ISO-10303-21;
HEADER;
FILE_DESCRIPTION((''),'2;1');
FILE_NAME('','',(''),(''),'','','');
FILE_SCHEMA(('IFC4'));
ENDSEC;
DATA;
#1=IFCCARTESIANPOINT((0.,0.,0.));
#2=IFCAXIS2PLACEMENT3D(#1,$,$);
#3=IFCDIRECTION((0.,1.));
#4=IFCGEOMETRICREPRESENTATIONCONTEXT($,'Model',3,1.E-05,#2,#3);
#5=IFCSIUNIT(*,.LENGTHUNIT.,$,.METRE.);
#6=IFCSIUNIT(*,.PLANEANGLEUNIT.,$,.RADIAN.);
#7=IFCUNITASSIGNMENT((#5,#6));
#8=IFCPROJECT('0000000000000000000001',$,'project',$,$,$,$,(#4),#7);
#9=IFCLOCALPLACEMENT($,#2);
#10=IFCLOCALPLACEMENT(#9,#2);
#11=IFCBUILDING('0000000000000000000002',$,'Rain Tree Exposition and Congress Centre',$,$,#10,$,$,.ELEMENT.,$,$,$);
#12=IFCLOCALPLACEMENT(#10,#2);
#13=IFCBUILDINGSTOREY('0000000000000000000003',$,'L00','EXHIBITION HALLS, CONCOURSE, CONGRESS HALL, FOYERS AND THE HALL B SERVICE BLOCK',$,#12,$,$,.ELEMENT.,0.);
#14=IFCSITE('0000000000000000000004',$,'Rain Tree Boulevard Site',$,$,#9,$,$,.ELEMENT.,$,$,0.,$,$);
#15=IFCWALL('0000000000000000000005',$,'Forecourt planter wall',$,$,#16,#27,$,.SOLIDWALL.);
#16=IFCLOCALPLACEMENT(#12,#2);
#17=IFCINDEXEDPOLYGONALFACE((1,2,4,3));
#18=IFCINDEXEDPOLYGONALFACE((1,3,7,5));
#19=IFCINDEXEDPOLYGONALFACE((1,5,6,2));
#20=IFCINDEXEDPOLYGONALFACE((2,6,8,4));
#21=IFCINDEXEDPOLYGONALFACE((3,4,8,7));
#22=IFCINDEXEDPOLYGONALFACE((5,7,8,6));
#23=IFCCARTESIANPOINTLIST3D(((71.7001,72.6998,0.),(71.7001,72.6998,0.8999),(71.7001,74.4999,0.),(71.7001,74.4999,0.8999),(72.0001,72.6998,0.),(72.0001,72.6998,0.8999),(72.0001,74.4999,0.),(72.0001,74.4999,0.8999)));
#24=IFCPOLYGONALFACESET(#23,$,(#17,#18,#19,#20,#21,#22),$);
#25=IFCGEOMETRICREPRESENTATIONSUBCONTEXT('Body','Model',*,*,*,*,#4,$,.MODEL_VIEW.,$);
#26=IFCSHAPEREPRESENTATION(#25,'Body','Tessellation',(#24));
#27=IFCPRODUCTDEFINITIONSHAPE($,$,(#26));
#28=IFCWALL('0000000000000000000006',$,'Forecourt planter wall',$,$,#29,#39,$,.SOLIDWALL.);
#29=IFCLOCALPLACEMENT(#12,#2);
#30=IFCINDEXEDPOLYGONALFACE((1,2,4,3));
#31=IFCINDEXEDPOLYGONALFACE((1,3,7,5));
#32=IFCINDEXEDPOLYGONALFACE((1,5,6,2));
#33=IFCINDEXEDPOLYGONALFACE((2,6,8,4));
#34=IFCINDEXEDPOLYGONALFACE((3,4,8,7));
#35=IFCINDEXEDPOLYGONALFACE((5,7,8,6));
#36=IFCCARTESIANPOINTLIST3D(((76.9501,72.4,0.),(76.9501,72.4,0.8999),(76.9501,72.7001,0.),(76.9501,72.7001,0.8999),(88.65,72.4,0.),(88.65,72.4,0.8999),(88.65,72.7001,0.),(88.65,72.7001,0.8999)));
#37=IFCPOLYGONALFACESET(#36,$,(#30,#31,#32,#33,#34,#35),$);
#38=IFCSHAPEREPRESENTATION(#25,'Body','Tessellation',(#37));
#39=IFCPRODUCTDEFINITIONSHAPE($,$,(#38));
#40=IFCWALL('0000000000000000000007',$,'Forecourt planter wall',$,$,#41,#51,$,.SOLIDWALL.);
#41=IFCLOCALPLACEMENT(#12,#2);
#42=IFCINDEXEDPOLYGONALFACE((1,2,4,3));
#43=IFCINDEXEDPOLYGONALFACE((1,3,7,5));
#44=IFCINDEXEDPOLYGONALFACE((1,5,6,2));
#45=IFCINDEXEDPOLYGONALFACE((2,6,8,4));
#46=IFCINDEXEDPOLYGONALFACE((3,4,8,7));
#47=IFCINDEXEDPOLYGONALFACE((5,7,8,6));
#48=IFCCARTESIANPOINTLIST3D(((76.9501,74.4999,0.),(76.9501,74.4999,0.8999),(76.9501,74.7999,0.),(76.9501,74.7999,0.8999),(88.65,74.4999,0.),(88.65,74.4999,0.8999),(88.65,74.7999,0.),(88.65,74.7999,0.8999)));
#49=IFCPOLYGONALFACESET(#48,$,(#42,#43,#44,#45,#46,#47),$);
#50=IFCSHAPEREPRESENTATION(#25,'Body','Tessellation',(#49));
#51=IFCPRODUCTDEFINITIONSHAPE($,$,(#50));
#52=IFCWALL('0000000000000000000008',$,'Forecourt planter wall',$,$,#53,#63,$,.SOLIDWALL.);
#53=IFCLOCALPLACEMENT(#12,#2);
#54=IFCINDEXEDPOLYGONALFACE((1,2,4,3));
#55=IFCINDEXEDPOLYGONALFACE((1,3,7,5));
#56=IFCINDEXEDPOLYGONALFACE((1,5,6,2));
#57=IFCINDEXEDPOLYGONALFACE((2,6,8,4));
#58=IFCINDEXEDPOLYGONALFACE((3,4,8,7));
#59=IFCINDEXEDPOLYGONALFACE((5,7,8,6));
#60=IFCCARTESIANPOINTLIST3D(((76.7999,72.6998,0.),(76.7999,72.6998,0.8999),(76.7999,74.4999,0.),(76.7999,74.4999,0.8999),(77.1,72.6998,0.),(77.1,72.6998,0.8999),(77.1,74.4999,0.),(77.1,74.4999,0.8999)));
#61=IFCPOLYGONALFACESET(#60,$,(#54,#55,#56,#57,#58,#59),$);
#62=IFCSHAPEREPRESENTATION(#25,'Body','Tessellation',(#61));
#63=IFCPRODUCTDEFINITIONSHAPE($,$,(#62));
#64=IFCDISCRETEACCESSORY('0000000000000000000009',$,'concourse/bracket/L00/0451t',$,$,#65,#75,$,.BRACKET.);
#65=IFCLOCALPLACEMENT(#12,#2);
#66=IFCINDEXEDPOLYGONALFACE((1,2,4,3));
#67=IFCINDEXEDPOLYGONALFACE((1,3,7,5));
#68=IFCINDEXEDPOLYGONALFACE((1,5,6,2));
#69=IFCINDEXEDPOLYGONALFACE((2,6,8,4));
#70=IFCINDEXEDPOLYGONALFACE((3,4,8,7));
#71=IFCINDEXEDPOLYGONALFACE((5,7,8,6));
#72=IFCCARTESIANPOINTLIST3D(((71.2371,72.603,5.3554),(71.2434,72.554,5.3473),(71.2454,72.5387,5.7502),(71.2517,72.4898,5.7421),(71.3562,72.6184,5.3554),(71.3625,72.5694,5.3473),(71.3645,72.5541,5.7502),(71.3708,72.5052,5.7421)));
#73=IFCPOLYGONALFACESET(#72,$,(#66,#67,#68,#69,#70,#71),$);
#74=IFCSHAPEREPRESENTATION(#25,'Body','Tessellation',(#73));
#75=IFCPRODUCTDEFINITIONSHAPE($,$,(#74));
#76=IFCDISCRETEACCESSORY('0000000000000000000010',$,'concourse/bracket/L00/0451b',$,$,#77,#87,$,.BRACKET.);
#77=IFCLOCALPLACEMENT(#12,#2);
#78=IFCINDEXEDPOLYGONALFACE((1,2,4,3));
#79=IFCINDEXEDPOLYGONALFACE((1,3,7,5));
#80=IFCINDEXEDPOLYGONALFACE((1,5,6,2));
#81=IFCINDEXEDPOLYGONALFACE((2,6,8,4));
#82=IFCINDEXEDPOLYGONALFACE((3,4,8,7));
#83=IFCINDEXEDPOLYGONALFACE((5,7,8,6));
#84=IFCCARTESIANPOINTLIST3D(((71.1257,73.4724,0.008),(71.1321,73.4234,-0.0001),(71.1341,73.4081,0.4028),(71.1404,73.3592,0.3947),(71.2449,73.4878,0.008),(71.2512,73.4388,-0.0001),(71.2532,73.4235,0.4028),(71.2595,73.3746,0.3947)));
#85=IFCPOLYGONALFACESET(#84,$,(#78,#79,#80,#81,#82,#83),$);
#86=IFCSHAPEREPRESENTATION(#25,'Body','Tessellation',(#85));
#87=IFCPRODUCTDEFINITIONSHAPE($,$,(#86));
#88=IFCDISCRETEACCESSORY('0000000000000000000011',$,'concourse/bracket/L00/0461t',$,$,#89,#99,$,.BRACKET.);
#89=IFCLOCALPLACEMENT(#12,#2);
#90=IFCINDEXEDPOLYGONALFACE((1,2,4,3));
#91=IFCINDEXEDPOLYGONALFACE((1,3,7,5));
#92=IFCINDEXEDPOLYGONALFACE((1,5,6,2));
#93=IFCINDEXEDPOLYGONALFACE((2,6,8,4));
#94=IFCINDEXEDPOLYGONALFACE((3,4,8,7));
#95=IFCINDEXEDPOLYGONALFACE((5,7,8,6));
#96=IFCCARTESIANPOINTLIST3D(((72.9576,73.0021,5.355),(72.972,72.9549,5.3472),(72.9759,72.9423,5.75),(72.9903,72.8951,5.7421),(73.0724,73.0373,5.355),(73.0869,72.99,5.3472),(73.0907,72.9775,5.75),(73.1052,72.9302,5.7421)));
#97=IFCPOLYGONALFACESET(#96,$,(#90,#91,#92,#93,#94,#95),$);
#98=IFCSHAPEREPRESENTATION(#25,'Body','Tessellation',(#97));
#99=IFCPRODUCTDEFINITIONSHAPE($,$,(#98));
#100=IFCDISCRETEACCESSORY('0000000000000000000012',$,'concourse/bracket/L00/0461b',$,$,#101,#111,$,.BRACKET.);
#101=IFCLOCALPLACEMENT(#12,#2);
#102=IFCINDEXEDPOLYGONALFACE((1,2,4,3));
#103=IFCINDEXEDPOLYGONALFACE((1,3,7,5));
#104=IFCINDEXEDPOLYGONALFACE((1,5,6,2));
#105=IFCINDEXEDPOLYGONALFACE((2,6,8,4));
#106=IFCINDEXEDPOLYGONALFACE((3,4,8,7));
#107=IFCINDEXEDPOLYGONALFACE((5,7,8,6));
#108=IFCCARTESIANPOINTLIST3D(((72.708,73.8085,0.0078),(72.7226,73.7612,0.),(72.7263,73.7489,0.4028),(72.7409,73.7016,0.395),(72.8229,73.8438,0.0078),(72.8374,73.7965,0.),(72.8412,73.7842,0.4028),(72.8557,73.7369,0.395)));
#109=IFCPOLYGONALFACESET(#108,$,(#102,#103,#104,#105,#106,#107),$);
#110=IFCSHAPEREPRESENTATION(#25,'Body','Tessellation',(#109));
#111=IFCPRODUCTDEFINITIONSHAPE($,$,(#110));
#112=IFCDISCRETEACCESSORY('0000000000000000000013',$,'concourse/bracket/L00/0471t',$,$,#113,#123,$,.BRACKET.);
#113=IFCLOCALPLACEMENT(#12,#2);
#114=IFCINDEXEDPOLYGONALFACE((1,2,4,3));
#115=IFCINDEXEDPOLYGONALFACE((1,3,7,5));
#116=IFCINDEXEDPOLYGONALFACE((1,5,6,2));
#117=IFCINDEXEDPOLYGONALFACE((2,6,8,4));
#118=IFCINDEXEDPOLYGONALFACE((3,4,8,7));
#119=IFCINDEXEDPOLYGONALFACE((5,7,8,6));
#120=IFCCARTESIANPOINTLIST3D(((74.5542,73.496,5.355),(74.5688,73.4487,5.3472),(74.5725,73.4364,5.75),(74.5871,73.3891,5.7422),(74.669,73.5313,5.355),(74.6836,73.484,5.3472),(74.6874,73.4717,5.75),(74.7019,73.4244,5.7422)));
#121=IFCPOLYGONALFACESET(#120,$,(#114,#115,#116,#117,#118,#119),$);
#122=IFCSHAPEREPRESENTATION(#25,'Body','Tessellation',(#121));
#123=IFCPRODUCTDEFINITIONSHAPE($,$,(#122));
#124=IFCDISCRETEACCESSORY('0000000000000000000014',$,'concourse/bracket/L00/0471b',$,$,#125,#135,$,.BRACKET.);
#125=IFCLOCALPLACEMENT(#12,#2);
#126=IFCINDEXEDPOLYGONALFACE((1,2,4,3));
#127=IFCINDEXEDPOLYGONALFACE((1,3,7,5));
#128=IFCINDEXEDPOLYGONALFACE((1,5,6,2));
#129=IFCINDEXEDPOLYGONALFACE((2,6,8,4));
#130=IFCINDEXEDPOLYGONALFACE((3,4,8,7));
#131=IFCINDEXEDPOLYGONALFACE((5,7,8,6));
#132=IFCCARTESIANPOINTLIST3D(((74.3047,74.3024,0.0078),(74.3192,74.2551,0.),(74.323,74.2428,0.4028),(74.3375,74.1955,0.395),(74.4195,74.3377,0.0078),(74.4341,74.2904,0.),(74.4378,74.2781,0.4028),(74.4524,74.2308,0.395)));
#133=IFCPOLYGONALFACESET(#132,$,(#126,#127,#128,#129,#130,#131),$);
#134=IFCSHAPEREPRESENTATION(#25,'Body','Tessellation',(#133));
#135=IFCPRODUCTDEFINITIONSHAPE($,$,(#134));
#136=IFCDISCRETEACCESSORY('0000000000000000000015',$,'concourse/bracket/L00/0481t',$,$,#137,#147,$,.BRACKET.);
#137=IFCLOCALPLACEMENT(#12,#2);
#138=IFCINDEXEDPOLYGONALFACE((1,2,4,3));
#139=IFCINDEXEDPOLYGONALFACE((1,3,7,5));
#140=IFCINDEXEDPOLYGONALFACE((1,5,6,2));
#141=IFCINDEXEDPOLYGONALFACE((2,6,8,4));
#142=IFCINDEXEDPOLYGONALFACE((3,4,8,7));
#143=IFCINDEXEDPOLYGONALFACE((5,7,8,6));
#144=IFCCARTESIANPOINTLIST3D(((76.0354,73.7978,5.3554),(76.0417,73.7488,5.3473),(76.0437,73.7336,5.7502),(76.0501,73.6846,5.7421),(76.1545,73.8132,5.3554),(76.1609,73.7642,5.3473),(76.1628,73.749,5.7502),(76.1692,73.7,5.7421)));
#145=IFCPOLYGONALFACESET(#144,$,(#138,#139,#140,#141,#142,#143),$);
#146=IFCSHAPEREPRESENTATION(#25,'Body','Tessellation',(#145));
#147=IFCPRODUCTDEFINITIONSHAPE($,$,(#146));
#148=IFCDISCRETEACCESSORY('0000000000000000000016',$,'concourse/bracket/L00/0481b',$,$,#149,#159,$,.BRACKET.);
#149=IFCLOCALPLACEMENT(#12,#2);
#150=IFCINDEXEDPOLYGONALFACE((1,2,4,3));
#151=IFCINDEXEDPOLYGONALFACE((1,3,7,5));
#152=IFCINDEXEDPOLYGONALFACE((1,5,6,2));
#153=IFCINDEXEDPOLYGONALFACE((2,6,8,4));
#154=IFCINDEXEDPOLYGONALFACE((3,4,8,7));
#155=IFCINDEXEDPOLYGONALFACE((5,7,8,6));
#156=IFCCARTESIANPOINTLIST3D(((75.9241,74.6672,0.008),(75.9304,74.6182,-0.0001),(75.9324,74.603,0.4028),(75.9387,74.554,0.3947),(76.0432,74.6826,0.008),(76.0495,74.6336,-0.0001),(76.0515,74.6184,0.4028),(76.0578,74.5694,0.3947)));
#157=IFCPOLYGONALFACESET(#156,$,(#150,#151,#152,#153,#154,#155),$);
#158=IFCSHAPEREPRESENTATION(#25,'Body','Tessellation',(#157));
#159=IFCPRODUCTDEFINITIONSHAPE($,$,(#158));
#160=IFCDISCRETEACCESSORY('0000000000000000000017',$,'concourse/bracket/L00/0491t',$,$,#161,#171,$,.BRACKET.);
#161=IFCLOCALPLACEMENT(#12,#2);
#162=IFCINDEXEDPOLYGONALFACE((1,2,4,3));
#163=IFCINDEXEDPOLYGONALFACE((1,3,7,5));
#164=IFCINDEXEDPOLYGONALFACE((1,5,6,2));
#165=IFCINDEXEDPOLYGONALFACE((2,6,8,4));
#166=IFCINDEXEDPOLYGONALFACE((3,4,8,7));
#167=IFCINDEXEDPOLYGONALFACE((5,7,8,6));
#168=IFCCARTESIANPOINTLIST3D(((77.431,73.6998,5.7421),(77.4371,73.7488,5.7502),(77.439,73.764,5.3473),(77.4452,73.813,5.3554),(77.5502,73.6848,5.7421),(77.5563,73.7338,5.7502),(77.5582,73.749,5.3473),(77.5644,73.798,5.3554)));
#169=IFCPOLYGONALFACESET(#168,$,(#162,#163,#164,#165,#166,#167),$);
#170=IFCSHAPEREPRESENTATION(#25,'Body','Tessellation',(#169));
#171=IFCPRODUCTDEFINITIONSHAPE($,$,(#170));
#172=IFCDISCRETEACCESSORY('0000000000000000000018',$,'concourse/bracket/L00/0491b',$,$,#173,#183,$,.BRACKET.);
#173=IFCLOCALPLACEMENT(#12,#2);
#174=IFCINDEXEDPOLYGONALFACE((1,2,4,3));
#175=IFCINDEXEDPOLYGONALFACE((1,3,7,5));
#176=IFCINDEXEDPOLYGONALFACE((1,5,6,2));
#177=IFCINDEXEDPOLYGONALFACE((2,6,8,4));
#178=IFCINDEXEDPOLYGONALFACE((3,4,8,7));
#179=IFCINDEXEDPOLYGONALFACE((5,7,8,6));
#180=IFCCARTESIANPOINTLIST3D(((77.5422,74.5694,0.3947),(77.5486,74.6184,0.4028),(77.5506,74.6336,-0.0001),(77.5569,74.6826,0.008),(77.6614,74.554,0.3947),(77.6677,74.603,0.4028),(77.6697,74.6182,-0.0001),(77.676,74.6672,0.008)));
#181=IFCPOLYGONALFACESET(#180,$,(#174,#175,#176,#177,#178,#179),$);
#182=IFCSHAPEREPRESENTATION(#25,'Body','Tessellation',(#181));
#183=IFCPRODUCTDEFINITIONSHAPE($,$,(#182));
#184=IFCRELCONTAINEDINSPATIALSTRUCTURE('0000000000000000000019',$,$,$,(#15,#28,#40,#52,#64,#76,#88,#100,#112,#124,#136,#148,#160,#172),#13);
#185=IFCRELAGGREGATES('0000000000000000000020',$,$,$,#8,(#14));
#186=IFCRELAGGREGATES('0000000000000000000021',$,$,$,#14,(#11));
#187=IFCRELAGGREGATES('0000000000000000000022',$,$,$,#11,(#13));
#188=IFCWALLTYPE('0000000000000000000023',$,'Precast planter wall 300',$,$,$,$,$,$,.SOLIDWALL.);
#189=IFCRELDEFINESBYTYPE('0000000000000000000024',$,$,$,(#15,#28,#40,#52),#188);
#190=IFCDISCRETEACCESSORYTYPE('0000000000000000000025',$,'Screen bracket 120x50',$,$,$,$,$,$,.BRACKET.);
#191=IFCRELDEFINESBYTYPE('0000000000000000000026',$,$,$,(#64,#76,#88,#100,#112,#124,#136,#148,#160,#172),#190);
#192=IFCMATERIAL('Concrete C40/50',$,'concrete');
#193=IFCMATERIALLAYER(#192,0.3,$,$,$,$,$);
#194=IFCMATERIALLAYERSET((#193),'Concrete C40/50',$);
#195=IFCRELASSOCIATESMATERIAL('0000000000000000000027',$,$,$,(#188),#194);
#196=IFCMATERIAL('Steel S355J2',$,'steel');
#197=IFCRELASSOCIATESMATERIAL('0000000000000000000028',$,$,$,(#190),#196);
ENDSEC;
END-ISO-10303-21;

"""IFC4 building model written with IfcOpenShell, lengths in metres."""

from ifc_helpers import new_model, si_unit, direction, frame, frame_2d, origin, origin_2d, place, context, subcontext, project, spatial, rectangle, extrude, material, layer, layer_set, material_profile, profile_set, type_object, element, save


model = new_model("IFC4")

# Units and contexts
model_context = context("Model", 3, precision=1e-05, world=origin(), true_north=direction((0.0, 1.0)))
body_context = subcontext(model_context, "Body", "Model", "MODEL_VIEW")
ifc_project = project(units=[si_unit("LENGTHUNIT", "METRE"), si_unit("PLANEANGLEUNIT", "RADIAN")], contexts=[model_context])

# Site, building, storey
site_placement = place(None, origin())
site = spatial("IfcSite", under=ifc_project, at=site_placement, Name="Rain Tree Boulevard Site", CompositionType="ELEMENT", RefElevation=0.0)
building_placement = place(site_placement, origin())
building = spatial("IfcBuilding", under=site, at=building_placement, Name="Rain Tree Exposition and Congress Centre", CompositionType="ELEMENT")
storey_placement = place(building_placement, origin())
storey = spatial("IfcBuildingStorey", under=building, at=storey_placement, Name="L00", Description="EXHIBITION HALLS, CONCOURSE, CONGRESS HALL, FOYERS AND THE HALL B SERVICE BLOCK", CompositionType="ELEMENT", Elevation=0.0)

# Walls
ifc_material_1 = material(Name="Concrete C40/50", Category="concrete")
ifc_layer_1 = layer(ifc_material_1, 0.3)
ifc_layer_set_1 = layer_set([ifc_layer_1], Name="Concrete C40/50")
wall_type = type_object("IfcWallType", Name="Precast planter wall 300", PredefinedType="SOLIDWALL", material=ifc_layer_set_1)
wall_1_placement = place(storey_placement, frame((71.8501, 72.7, 0.0), z_axis=(0.0, 0.0, 1.0), x_axis=(0.0, 1.0, 0.0)))
element("IfcWall", 1, at=wall_1_placement, inside=storey, type_object=wall_type, Name="Forecourt planter wall", PredefinedType="SOLIDWALL", context=body_context, shape_type="SweptSolid", body=[
    extrude(rectangle(XDim=1.8, YDim=0.3, at=frame_2d((0.8999, 0.0))), origin(), (0.0, 0.0, 1.0), 0.8999),
])
for number, where, z_axis, x_axis, name in (
    (2, (76.95, 72.55, 0.0), (0.0, 0.0, 1.0), (1.0, 0.0, 0.0), "Forecourt planter wall"),
    (3, (76.95, 74.6499, 0.0), (0.0, 0.0, 1.0), (1.0, 0.0, 0.0), "Forecourt planter wall"),
):
    element("IfcWall", number, at=place(storey_placement, frame(where, z_axis=z_axis, x_axis=x_axis)), inside=storey, type_object=wall_type, Name=name, PredefinedType="SOLIDWALL", context=body_context, shape_type="SweptSolid", body=[
        extrude(rectangle(XDim=11.7, YDim=0.3, at=frame_2d((5.8501, 0.0))), origin(), (0.0, 0.0, 1.0), 0.8999),
    ])
wall_2_placement = place(storey_placement, frame((76.95, 72.7, 0.0), z_axis=(0.0, 0.0, 1.0), x_axis=(0.0, 1.0, 0.0)))
element("IfcWall", 4, at=wall_2_placement, inside=storey, type_object=wall_type, Name="Forecourt planter wall", PredefinedType="SOLIDWALL", context=body_context, shape_type="SweptSolid", body=[
    extrude(rectangle(XDim=1.8, YDim=0.3, at=frame_2d((0.8999, 0.0))), origin(), (0.0, 0.0, 1.0), 0.8999),
])

# Discrete accessories
ifc_material_2 = material(Name="Steel S355J2", Category="steel")
ifc_material_profile = material_profile(ifc_material_2, rectangle(XDim=0.1201, YDim=0.05, at=origin_2d()), Name="Flat bar 120x50")
ifc_profile_set = profile_set([ifc_material_profile], Name="Steel S355J2")
discrete_accessory_type = type_object("IfcDiscreteAccessoryType", Name="Screen bracket 120x50", PredefinedType="BRACKET", material=ifc_profile_set)
for number, where, z_axis, x_axis, name in (
    (5, (71.2998, 72.5862, 5.3513), (0.020749, -0.160503, 0.986817), (0.991747, 0.128211, 0.0), "concourse/bracket/L00/0451t"),
    (6, (71.1885, 73.4556, 0.0039), (0.020749, -0.160503, 0.986817), (0.991747, 0.128211, 0.0), "concourse/bracket/L00/0451b"),
):
    element("IfcDiscreteAccessory", number, at=place(storey_placement, frame(where, z_axis=z_axis, x_axis=x_axis)), inside=storey, type_object=discrete_accessory_type, Name=name, PredefinedType="BRACKET", context=body_context, shape_type="SweptSolid", body=[
        extrude(rectangle(XDim=0.1201, YDim=0.05, at=origin_2d()), origin(), (0.0, 0.0, 1.0), 0.4001),
    ])
for number, where, z_axis, x_axis, name in (
    (7, (73.0222, 72.9961, 5.3511), (0.045783, -0.149558, 0.987692), (0.9562, 0.292714, 0.0), "concourse/bracket/L00/0461t"),
    (8, (72.7727, 73.8025, 0.0039), (0.045787, -0.148961, 0.987782), (0.955864, 0.293811, 0.0), "concourse/bracket/L00/0461b"),
    (9, (74.6189, 73.49, 5.3511), (0.045787, -0.148961, 0.987782), (0.955864, 0.293811, 0.0), "concourse/bracket/L00/0471t"),
    (10, (74.3694, 74.2964, 0.0039), (0.045787, -0.148961, 0.987782), (0.955864, 0.293811, 0.0), "concourse/bracket/L00/0471b"),
):
    element("IfcDiscreteAccessory", number, at=place(storey_placement, frame(where, z_axis=z_axis, x_axis=x_axis)), inside=storey, type_object=discrete_accessory_type, Name=name, PredefinedType="BRACKET", context=body_context, shape_type="SweptSolid", body=[
        extrude(rectangle(XDim=0.1201, YDim=0.05, at=origin_2d()), origin(), (0.0, 0.0, 1.0), 0.3999),
    ])
for number, where, z_axis, x_axis, name in (
    (11, (76.0981, 73.781, 5.3513), (0.020749, -0.160503, 0.986817), (0.991747, 0.128211, 0.0), "concourse/bracket/L00/0481t"),
    (12, (75.9868, 74.6504, 0.0039), (0.020749, -0.160503, 0.986817), (0.991747, 0.128211, 0.0), "concourse/bracket/L00/0481b"),
    (13, (77.5017, 73.781, 5.3513), (-0.020139, -0.160505, 0.98683), (0.99222, -0.124499, 0.0), "concourse/bracket/L00/0491t"),
    (14, (77.6133, 74.6504, 0.0039), (-0.020749, -0.160503, 0.986817), (0.991747, -0.128211, 0.0), "concourse/bracket/L00/0491b"),
):
    element("IfcDiscreteAccessory", number, at=place(storey_placement, frame(where, z_axis=z_axis, x_axis=x_axis)), inside=storey, type_object=discrete_accessory_type, Name=name, PredefinedType="BRACKET", context=body_context, shape_type="SweptSolid", body=[
        extrude(rectangle(XDim=0.1201, YDim=0.05, at=origin_2d()), origin(), (0.0, 0.0, 1.0), 0.4001),
    ])

save(model, "model.ifc")
